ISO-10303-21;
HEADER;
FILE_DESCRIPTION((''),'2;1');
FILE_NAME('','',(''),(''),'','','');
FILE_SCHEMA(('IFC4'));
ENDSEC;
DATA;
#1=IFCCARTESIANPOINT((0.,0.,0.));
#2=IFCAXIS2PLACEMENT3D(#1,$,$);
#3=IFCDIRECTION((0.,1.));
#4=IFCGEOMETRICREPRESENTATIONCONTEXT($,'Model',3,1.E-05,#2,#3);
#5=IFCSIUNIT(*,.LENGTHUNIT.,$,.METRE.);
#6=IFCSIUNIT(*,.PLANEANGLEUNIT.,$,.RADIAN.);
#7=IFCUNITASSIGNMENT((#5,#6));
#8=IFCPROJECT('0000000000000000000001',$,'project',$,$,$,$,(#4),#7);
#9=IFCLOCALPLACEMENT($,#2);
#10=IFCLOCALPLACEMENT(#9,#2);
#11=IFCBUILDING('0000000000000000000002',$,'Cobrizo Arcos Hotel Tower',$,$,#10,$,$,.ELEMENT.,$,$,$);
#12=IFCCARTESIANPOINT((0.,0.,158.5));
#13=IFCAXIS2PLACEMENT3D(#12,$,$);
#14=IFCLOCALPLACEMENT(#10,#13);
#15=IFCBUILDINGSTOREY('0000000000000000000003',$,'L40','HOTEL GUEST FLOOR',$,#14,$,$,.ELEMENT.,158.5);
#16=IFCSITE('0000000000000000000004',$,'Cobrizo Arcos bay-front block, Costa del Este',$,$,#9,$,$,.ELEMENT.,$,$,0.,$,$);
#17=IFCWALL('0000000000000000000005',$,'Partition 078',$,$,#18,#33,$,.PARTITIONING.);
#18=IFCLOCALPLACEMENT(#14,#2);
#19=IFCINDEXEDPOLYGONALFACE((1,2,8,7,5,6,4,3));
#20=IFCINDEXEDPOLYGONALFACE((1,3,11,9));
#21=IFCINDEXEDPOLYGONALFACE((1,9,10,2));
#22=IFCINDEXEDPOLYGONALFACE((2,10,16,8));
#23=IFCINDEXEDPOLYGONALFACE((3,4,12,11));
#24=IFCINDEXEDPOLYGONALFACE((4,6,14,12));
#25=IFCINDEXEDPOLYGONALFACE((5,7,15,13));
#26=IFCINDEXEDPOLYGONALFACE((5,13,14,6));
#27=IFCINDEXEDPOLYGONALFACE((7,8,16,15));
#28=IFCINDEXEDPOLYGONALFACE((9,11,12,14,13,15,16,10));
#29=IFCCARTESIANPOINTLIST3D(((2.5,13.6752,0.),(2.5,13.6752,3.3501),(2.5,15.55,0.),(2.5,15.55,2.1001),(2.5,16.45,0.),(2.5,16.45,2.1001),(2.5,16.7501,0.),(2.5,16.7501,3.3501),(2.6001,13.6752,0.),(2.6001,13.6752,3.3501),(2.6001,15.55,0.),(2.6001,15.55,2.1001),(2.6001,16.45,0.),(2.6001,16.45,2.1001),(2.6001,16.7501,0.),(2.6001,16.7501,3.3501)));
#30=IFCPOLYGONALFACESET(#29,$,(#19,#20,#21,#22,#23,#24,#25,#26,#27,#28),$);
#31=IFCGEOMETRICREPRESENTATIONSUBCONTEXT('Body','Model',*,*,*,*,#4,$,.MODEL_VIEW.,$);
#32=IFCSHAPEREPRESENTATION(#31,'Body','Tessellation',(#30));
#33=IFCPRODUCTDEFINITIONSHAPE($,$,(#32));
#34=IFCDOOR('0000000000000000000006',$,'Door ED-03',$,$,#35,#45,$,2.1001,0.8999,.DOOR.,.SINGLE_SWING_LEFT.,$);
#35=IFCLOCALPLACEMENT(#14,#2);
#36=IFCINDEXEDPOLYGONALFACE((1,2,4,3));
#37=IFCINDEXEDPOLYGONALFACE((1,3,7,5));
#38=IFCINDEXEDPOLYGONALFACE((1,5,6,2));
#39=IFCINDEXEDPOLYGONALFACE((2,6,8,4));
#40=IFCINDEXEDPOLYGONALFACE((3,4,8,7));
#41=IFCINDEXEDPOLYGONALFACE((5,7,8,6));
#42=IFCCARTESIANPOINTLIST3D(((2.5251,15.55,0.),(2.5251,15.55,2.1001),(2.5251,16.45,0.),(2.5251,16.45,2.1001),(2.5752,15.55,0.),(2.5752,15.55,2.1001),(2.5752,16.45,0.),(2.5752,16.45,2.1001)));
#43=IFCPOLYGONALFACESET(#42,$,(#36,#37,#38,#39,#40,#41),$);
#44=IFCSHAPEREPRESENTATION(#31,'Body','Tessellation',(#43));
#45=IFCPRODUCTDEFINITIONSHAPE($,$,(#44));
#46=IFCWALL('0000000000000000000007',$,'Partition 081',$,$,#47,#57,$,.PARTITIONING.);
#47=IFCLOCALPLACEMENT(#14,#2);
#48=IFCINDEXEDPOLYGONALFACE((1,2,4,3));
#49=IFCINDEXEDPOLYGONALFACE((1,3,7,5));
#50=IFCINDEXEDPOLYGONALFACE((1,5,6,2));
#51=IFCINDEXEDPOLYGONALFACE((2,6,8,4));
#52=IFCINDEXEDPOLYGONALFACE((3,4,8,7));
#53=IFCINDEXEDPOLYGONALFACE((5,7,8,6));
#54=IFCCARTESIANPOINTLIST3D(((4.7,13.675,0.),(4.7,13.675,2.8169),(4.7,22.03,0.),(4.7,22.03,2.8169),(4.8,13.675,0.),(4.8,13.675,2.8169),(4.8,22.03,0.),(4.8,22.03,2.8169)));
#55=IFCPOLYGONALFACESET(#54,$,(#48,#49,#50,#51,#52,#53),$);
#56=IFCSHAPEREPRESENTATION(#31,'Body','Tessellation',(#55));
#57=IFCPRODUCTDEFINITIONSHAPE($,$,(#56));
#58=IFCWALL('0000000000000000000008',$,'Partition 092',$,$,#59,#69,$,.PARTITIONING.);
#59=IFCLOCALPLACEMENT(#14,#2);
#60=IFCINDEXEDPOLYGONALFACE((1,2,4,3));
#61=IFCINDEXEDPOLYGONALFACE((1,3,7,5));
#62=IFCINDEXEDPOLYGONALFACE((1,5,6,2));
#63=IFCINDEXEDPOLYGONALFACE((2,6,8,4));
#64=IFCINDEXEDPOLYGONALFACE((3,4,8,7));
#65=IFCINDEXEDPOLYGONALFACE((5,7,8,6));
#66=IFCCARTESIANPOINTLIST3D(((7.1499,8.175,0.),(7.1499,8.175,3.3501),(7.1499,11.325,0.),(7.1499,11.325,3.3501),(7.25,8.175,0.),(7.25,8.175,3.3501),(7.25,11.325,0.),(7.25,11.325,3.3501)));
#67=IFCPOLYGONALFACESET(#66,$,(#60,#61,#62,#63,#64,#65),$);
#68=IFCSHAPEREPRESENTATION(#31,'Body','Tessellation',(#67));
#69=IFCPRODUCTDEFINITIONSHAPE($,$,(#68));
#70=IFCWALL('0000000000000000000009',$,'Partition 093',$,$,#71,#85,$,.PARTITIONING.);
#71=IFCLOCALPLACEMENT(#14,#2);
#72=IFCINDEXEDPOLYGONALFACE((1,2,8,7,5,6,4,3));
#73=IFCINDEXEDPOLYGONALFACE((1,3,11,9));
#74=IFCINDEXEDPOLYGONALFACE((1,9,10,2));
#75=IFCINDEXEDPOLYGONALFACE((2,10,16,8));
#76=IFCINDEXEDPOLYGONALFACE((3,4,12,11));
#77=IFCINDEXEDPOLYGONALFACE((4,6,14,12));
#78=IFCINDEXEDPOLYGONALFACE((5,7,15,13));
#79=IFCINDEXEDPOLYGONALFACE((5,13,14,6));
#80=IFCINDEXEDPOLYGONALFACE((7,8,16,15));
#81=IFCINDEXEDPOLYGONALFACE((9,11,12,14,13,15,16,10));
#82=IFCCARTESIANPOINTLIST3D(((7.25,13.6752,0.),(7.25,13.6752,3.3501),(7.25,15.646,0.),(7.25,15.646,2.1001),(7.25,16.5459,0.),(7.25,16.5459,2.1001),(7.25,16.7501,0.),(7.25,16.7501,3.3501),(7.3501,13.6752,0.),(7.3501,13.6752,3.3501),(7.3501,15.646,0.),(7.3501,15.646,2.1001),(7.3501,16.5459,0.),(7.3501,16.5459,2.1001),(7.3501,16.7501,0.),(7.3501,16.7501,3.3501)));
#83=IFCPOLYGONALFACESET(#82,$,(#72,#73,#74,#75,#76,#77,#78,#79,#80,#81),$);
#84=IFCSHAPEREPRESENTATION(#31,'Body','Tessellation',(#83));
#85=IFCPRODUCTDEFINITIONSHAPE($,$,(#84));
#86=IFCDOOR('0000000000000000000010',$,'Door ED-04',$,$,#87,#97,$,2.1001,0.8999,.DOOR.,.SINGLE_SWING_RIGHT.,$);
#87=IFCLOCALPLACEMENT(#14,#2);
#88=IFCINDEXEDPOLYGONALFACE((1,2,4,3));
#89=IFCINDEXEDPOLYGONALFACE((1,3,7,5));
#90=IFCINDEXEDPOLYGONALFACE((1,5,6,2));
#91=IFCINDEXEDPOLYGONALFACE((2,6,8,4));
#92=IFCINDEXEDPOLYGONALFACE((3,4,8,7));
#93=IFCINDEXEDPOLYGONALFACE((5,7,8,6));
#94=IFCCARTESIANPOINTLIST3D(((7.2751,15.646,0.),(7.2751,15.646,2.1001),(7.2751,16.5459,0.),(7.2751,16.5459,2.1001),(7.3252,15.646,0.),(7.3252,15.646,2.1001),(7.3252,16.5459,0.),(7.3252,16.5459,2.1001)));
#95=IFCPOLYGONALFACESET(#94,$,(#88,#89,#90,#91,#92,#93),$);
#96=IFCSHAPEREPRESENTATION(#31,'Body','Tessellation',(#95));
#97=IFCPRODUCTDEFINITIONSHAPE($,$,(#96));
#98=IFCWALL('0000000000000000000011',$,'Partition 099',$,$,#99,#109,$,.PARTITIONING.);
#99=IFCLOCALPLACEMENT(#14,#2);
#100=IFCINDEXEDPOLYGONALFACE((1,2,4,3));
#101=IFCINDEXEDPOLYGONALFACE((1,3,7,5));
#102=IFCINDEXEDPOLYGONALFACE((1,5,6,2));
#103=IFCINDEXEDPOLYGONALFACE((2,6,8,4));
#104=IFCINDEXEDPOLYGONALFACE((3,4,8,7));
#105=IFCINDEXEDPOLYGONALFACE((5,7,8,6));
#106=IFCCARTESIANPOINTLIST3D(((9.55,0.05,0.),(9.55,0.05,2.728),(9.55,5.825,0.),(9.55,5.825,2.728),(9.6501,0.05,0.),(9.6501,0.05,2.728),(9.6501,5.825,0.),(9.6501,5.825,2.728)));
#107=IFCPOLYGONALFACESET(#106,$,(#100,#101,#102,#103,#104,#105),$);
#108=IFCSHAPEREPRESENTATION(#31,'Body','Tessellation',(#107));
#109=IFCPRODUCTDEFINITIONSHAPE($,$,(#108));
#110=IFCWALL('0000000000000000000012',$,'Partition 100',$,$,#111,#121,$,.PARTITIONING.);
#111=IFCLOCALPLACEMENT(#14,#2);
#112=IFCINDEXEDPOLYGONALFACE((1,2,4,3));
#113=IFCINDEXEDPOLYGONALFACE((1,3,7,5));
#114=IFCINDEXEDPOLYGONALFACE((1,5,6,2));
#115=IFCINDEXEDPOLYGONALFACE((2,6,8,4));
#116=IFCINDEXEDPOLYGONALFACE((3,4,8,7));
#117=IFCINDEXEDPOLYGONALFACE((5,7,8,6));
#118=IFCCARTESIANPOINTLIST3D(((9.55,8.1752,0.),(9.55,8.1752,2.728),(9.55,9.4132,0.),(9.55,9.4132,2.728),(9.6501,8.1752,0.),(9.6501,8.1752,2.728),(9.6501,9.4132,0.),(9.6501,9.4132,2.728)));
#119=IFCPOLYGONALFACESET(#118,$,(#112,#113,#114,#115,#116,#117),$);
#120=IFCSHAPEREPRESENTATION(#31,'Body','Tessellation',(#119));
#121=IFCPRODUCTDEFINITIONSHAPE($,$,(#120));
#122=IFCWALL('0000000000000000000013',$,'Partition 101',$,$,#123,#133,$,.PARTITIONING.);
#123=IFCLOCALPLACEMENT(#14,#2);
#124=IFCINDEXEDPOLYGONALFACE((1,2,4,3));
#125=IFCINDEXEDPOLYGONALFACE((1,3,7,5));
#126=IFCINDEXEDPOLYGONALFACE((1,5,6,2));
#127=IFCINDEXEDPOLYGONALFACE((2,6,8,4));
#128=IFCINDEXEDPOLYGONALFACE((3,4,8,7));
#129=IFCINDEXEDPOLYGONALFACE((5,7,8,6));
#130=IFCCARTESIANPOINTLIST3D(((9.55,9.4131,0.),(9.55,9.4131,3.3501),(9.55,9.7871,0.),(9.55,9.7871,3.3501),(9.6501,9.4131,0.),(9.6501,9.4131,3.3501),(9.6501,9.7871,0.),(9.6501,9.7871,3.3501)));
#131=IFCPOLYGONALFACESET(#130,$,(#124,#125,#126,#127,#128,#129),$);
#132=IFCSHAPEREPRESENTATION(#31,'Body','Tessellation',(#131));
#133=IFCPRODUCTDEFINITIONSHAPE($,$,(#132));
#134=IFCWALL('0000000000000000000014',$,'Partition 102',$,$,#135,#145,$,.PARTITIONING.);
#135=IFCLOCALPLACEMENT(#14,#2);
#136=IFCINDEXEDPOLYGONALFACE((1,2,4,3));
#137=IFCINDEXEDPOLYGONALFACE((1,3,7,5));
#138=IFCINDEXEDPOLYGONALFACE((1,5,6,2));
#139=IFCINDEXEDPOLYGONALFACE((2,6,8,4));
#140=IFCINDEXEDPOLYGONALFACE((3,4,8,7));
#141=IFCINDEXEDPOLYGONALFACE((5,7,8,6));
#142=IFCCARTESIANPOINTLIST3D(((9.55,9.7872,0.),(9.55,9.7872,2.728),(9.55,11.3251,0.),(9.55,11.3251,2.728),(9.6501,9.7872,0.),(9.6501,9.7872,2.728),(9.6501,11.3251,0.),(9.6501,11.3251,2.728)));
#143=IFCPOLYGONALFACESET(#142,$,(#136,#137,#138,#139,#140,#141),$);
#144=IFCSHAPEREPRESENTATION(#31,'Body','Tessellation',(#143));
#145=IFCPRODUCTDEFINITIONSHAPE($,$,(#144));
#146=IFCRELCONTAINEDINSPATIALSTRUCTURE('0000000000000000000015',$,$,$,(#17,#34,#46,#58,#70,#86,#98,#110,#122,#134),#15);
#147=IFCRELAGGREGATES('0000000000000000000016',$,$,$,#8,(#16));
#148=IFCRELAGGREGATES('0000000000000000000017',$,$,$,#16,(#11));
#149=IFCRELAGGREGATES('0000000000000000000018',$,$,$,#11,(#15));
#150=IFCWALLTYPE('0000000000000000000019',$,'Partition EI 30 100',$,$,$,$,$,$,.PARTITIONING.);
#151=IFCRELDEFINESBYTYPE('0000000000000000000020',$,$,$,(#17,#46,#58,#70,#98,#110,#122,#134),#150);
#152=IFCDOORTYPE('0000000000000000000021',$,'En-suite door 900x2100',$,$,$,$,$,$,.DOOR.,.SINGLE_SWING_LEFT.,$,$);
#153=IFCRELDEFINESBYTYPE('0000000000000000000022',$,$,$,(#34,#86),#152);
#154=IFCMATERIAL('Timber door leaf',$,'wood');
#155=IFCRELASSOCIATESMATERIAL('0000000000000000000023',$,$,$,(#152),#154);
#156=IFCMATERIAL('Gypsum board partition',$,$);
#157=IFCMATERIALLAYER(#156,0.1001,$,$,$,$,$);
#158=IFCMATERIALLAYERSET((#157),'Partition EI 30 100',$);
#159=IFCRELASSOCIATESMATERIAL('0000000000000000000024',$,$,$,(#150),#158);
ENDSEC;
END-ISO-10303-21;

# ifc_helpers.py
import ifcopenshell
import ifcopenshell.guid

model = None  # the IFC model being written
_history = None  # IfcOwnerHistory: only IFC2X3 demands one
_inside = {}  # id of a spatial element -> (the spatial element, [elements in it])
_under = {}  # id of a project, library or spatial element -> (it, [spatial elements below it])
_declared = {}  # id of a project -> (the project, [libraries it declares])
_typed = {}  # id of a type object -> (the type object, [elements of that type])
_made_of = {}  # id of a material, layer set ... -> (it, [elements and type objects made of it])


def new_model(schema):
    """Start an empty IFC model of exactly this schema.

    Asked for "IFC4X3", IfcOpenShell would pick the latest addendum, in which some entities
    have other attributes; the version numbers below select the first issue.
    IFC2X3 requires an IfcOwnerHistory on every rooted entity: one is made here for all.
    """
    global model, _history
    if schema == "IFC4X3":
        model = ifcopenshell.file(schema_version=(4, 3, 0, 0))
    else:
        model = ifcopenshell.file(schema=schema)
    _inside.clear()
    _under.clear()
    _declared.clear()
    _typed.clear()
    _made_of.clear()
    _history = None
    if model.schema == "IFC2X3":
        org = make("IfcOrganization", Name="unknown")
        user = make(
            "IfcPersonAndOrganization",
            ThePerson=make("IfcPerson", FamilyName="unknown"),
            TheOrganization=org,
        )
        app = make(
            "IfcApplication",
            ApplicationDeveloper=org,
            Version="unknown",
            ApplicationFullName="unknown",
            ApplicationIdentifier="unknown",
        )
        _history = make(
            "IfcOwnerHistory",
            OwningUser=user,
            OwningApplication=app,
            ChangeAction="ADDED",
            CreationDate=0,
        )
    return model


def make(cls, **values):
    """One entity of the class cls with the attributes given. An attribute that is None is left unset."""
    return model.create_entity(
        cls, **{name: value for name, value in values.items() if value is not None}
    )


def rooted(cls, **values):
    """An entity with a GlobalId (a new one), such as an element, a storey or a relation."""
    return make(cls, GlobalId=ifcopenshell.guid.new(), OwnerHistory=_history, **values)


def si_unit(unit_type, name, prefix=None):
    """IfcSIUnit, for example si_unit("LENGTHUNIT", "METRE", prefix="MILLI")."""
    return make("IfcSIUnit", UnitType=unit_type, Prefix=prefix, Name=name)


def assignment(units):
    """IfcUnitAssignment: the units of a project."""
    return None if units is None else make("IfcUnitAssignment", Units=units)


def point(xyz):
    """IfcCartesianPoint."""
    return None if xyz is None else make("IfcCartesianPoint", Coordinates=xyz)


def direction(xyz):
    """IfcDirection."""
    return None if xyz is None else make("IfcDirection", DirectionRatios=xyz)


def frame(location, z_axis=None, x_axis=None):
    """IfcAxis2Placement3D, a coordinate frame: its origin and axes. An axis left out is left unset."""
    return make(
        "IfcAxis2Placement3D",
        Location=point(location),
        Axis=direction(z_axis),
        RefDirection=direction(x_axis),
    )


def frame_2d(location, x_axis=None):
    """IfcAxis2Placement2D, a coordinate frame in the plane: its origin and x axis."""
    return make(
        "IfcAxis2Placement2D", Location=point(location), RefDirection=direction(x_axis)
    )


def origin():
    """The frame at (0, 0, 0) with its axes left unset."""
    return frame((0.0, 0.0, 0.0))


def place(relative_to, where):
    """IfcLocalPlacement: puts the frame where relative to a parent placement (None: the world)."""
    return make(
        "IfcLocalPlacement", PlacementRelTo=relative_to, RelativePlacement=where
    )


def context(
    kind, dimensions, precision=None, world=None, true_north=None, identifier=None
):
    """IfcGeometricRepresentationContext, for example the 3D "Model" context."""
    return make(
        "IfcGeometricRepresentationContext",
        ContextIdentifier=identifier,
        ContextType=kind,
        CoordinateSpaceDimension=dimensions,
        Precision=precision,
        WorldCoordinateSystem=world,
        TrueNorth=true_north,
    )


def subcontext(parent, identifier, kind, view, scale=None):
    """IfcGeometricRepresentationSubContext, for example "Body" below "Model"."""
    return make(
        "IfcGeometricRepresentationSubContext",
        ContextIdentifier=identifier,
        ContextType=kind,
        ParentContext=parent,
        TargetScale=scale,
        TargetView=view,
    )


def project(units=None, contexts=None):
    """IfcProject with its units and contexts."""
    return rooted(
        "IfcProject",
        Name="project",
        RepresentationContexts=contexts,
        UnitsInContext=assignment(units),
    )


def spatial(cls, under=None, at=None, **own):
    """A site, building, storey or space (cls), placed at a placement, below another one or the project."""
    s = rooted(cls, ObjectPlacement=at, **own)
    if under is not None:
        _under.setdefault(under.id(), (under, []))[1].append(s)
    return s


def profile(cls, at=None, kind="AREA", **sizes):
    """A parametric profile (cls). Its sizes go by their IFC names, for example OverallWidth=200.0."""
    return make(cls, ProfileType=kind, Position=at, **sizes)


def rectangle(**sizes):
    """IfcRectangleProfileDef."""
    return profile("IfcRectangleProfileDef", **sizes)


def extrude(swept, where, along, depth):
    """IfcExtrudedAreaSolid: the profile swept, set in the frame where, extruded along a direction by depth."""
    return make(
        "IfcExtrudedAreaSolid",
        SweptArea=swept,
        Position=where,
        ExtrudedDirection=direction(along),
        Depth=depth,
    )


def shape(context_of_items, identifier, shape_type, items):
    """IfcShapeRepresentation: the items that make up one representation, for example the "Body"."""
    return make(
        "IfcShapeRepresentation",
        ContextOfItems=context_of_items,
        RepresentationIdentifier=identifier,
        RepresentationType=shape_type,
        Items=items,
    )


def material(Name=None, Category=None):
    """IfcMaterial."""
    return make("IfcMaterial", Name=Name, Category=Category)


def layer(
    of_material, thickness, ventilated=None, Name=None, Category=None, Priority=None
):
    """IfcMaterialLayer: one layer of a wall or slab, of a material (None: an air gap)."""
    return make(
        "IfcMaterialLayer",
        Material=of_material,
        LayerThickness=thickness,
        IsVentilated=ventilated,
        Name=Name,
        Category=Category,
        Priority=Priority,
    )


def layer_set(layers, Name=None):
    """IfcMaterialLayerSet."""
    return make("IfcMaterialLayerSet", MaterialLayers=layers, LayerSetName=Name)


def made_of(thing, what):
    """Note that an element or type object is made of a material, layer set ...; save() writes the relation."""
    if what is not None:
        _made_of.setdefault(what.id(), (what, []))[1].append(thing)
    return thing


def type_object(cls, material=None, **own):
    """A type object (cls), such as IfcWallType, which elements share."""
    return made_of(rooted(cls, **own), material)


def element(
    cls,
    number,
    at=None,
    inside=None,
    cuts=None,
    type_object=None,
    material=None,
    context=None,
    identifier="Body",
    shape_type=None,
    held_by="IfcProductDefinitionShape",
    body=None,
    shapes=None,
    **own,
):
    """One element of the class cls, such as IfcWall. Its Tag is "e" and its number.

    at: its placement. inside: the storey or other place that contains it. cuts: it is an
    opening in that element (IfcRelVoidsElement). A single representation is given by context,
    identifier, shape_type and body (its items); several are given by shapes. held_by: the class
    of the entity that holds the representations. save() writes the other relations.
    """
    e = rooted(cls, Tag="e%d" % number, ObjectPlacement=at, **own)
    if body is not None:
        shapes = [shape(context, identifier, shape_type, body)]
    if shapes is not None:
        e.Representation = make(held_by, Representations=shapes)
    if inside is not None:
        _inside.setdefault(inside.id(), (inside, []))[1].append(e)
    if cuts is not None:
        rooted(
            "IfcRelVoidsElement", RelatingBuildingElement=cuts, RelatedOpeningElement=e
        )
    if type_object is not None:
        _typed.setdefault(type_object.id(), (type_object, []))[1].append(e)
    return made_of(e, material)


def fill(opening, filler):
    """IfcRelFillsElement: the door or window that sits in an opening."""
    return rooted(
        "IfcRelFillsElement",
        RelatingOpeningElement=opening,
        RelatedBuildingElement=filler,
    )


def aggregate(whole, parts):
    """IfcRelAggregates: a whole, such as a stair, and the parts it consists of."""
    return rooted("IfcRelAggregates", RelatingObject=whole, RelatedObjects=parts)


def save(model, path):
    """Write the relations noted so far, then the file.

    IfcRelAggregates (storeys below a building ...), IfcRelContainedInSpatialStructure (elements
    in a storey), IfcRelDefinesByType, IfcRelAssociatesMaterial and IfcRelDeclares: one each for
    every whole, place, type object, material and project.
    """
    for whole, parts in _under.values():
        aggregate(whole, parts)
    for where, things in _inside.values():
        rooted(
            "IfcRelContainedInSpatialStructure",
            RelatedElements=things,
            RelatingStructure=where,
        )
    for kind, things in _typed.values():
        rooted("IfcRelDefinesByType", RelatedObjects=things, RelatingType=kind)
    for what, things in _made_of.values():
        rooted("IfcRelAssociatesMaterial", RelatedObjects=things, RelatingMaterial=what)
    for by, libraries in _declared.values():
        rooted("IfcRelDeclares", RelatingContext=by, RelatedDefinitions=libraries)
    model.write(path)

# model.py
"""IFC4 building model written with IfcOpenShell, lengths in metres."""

from ifc_helpers import new_model, si_unit, direction, frame, frame_2d, origin, place, context, subcontext, project, spatial, rectangle, extrude, material, layer, layer_set, type_object, element, fill, save


model = new_model("IFC4")

# Units and contexts
model_context = context("Model", 3, precision=1e-05, world=origin(), true_north=direction((0.0, 1.0)))
body_context = subcontext(model_context, "Body", "Model", "MODEL_VIEW")
ifc_project = project(units=[si_unit("LENGTHUNIT", "METRE"), si_unit("PLANEANGLEUNIT", "RADIAN")], contexts=[model_context])

# Site, building, storey
site_placement = place(None, origin())
site = spatial("IfcSite", under=ifc_project, at=site_placement, Name="Cobrizo Arcos bay-front block, Costa del Este", CompositionType="ELEMENT", RefElevation=0.0)
building_placement = place(site_placement, origin())
building = spatial("IfcBuilding", under=site, at=building_placement, Name="Cobrizo Arcos Hotel Tower", CompositionType="ELEMENT")
storey_placement = place(building_placement, frame((0.0, 0.0, 158.5)))
storey = spatial("IfcBuildingStorey", under=building, at=storey_placement, Name="L40", Description="HOTEL GUEST FLOOR", CompositionType="ELEMENT", Elevation=158.5)

# Shared definitions
ifc_material_1 = material(Name="Gypsum board partition")

# Shared definitions
ifc_material_2 = material(Name="Timber door leaf", Category="wood")
door_type_1 = type_object("IfcDoorType", Name="En-suite door 900x2100", OperationType="SINGLE_SWING_LEFT", PredefinedType="DOOR", material=ifc_material_2)

# Shared definitions
ifc_layer_1 = layer(ifc_material_1, 0.1001)
ifc_layer_set_1 = layer_set([ifc_layer_1], Name="Partition EI 30 100")
wall_type_1 = type_object("IfcWallType", Name="Partition EI 30 100", PredefinedType="PARTITIONING", material=ifc_layer_set_1)

# Wall, opening, door
wall_1_placement = place(storey_placement, frame((2.55, 13.675, 0.0), z_axis=(0.0, 0.0, 1.0), x_axis=(0.0, 1.0, 0.0)))
wall_1 = element("IfcWall", 1, at=wall_1_placement, inside=storey, type_object=wall_type_1, Name="Partition 078", PredefinedType="PARTITIONING", context=body_context, shape_type="SweptSolid", body=[
    extrude(rectangle(XDim=3.075, YDim=0.1001, at=frame_2d((1.5376, 0.0))), origin(), (0.0, 0.0, 1.0), 3.3501),
])
opening_1_placement = place(wall_1_placement, frame((1.875, 0.0, 0.0)))
opening_1 = element("IfcOpeningElement", 2, at=opening_1_placement, cuts=wall_1, PredefinedType="OPENING", context=body_context, shape_type="SweptSolid", body=[
    extrude(rectangle(XDim=0.8999, YDim=2.1001, at=frame_2d((0.45, 1.05))), frame((0.0, 0.062, 0.0), z_axis=(0.0, -1.0, 0.0), x_axis=(1.0, 0.0, 0.0)), (0.0, 0.0, 1.0), 0.124),
])
door_1_placement = place(opening_1_placement, origin())
door_1 = element("IfcDoor", 3, at=door_1_placement, inside=storey, type_object=door_type_1, Name="Door ED-03", OperationType="SINGLE_SWING_LEFT", OverallHeight=2.1001, OverallWidth=0.8999, PredefinedType="DOOR", context=body_context, shape_type="SweptSolid", body=[
    extrude(rectangle(XDim=0.8999, YDim=2.1001, at=frame_2d((0.45, 1.05))), frame((0.0, 0.0249, 0.0), z_axis=(0.0, -1.0, 0.0), x_axis=(1.0, 0.0, 0.0)), (0.0, 0.0, 1.0), 0.05),
])
fill(opening_1, door_1)

# Walls
wall_2_placement = place(storey_placement, frame((4.75, 13.675, 0.0), z_axis=(0.0, 0.0, 1.0), x_axis=(0.0, 1.0, 0.0)))
element("IfcWall", 4, at=wall_2_placement, inside=storey, type_object=wall_type_1, Name="Partition 081", PredefinedType="PARTITIONING", context=body_context, shape_type="SweptSolid", body=[
    extrude(rectangle(XDim=8.355, YDim=0.1001, at=frame_2d((4.1775, 0.0))), origin(), (0.0, 0.0, 1.0), 2.8169),
])
wall_3_placement = place(storey_placement, frame((7.2, 8.175, 0.0), z_axis=(0.0, 0.0, 1.0), x_axis=(0.0, 1.0, 0.0)))
element("IfcWall", 5, at=wall_3_placement, inside=storey, type_object=wall_type_1, Name="Partition 092", PredefinedType="PARTITIONING", context=body_context, shape_type="SweptSolid", body=[
    extrude(rectangle(XDim=3.1499, YDim=0.1001, at=frame_2d((1.575, 0.0))), origin(), (0.0, 0.0, 1.0), 3.3501),
])

# Wall, opening, door
wall_4_placement = place(storey_placement, frame((7.3, 13.675, 0.0), z_axis=(0.0, 0.0, 1.0), x_axis=(0.0, 1.0, 0.0)))
wall_4 = element("IfcWall", 6, at=wall_4_placement, inside=storey, type_object=wall_type_1, Name="Partition 093", PredefinedType="PARTITIONING", context=body_context, shape_type="SweptSolid", body=[
    extrude(rectangle(XDim=3.075, YDim=0.1001, at=frame_2d((1.5376, 0.0))), origin(), (0.0, 0.0, 1.0), 3.3501),
])
opening_2_placement = place(wall_4_placement, frame((1.9709, 0.0, 0.0)))
opening_2 = element("IfcOpeningElement", 7, at=opening_2_placement, cuts=wall_4, PredefinedType="OPENING", context=body_context, shape_type="SweptSolid", body=[
    extrude(rectangle(XDim=0.8999, YDim=2.1001, at=frame_2d((0.45, 1.05))), frame((0.0, 0.062, 0.0), z_axis=(0.0, -1.0, 0.0), x_axis=(1.0, 0.0, 0.0)), (0.0, 0.0, 1.0), 0.124),
])
door_2_placement = place(opening_2_placement, origin())
door_2 = element("IfcDoor", 8, at=door_2_placement, inside=storey, type_object=door_type_1, Name="Door ED-04", OperationType="SINGLE_SWING_RIGHT", OverallHeight=2.1001, OverallWidth=0.8999, PredefinedType="DOOR", context=body_context, shape_type="SweptSolid", body=[
    extrude(rectangle(XDim=0.8999, YDim=2.1001, at=frame_2d((0.45, 1.05))), frame((0.0, 0.0249, 0.0), z_axis=(0.0, -1.0, 0.0), x_axis=(1.0, 0.0, 0.0)), (0.0, 0.0, 1.0), 0.05),
])
fill(opening_2, door_2)

# Walls
wall_5_placement = place(storey_placement, frame((9.6001, 0.05, 0.0), z_axis=(0.0, 0.0, 1.0), x_axis=(0.0, 1.0, 0.0)))
element("IfcWall", 9, at=wall_5_placement, inside=storey, type_object=wall_type_1, Name="Partition 099", PredefinedType="PARTITIONING", context=body_context, shape_type="SweptSolid", body=[
    extrude(rectangle(XDim=5.7749, YDim=0.1001, at=frame_2d((2.8875, 0.0))), origin(), (0.0, 0.0, 1.0), 2.728),
])
wall_6_placement = place(storey_placement, frame((9.6001, 8.175, 0.0), z_axis=(0.0, 0.0, 1.0), x_axis=(0.0, 1.0, 0.0)))
element("IfcWall", 10, at=wall_6_placement, inside=storey, type_object=wall_type_1, Name="Partition 100", PredefinedType="PARTITIONING", context=body_context, shape_type="SweptSolid", body=[
    extrude(rectangle(XDim=1.238, YDim=0.1001, at=frame_2d((0.6191, 0.0))), origin(), (0.0, 0.0, 1.0), 2.728),
])
wall_7_placement = place(storey_placement, frame((9.6001, 9.4131, 0.0), z_axis=(0.0, 0.0, 1.0), x_axis=(0.0, 1.0, 0.0)))
element("IfcWall", 11, at=wall_7_placement, inside=storey, type_object=wall_type_1, Name="Partition 101", PredefinedType="PARTITIONING", context=body_context, shape_type="SweptSolid", body=[
    extrude(rectangle(XDim=0.374, YDim=0.1001, at=frame_2d((0.187, 0.0))), origin(), (0.0, 0.0, 1.0), 3.3501),
])
wall_8_placement = place(storey_placement, frame((9.6001, 9.7871, 0.0), z_axis=(0.0, 0.0, 1.0), x_axis=(0.0, 1.0, 0.0)))
element("IfcWall", 12, at=wall_8_placement, inside=storey, type_object=wall_type_1, Name="Partition 102", PredefinedType="PARTITIONING", context=body_context, shape_type="SweptSolid", body=[
    extrude(rectangle(XDim=1.5378, YDim=0.1001, at=frame_2d((0.769, 0.0))), origin(), (0.0, 0.0, 1.0), 2.728),
])

save(model, "model.ifc")
